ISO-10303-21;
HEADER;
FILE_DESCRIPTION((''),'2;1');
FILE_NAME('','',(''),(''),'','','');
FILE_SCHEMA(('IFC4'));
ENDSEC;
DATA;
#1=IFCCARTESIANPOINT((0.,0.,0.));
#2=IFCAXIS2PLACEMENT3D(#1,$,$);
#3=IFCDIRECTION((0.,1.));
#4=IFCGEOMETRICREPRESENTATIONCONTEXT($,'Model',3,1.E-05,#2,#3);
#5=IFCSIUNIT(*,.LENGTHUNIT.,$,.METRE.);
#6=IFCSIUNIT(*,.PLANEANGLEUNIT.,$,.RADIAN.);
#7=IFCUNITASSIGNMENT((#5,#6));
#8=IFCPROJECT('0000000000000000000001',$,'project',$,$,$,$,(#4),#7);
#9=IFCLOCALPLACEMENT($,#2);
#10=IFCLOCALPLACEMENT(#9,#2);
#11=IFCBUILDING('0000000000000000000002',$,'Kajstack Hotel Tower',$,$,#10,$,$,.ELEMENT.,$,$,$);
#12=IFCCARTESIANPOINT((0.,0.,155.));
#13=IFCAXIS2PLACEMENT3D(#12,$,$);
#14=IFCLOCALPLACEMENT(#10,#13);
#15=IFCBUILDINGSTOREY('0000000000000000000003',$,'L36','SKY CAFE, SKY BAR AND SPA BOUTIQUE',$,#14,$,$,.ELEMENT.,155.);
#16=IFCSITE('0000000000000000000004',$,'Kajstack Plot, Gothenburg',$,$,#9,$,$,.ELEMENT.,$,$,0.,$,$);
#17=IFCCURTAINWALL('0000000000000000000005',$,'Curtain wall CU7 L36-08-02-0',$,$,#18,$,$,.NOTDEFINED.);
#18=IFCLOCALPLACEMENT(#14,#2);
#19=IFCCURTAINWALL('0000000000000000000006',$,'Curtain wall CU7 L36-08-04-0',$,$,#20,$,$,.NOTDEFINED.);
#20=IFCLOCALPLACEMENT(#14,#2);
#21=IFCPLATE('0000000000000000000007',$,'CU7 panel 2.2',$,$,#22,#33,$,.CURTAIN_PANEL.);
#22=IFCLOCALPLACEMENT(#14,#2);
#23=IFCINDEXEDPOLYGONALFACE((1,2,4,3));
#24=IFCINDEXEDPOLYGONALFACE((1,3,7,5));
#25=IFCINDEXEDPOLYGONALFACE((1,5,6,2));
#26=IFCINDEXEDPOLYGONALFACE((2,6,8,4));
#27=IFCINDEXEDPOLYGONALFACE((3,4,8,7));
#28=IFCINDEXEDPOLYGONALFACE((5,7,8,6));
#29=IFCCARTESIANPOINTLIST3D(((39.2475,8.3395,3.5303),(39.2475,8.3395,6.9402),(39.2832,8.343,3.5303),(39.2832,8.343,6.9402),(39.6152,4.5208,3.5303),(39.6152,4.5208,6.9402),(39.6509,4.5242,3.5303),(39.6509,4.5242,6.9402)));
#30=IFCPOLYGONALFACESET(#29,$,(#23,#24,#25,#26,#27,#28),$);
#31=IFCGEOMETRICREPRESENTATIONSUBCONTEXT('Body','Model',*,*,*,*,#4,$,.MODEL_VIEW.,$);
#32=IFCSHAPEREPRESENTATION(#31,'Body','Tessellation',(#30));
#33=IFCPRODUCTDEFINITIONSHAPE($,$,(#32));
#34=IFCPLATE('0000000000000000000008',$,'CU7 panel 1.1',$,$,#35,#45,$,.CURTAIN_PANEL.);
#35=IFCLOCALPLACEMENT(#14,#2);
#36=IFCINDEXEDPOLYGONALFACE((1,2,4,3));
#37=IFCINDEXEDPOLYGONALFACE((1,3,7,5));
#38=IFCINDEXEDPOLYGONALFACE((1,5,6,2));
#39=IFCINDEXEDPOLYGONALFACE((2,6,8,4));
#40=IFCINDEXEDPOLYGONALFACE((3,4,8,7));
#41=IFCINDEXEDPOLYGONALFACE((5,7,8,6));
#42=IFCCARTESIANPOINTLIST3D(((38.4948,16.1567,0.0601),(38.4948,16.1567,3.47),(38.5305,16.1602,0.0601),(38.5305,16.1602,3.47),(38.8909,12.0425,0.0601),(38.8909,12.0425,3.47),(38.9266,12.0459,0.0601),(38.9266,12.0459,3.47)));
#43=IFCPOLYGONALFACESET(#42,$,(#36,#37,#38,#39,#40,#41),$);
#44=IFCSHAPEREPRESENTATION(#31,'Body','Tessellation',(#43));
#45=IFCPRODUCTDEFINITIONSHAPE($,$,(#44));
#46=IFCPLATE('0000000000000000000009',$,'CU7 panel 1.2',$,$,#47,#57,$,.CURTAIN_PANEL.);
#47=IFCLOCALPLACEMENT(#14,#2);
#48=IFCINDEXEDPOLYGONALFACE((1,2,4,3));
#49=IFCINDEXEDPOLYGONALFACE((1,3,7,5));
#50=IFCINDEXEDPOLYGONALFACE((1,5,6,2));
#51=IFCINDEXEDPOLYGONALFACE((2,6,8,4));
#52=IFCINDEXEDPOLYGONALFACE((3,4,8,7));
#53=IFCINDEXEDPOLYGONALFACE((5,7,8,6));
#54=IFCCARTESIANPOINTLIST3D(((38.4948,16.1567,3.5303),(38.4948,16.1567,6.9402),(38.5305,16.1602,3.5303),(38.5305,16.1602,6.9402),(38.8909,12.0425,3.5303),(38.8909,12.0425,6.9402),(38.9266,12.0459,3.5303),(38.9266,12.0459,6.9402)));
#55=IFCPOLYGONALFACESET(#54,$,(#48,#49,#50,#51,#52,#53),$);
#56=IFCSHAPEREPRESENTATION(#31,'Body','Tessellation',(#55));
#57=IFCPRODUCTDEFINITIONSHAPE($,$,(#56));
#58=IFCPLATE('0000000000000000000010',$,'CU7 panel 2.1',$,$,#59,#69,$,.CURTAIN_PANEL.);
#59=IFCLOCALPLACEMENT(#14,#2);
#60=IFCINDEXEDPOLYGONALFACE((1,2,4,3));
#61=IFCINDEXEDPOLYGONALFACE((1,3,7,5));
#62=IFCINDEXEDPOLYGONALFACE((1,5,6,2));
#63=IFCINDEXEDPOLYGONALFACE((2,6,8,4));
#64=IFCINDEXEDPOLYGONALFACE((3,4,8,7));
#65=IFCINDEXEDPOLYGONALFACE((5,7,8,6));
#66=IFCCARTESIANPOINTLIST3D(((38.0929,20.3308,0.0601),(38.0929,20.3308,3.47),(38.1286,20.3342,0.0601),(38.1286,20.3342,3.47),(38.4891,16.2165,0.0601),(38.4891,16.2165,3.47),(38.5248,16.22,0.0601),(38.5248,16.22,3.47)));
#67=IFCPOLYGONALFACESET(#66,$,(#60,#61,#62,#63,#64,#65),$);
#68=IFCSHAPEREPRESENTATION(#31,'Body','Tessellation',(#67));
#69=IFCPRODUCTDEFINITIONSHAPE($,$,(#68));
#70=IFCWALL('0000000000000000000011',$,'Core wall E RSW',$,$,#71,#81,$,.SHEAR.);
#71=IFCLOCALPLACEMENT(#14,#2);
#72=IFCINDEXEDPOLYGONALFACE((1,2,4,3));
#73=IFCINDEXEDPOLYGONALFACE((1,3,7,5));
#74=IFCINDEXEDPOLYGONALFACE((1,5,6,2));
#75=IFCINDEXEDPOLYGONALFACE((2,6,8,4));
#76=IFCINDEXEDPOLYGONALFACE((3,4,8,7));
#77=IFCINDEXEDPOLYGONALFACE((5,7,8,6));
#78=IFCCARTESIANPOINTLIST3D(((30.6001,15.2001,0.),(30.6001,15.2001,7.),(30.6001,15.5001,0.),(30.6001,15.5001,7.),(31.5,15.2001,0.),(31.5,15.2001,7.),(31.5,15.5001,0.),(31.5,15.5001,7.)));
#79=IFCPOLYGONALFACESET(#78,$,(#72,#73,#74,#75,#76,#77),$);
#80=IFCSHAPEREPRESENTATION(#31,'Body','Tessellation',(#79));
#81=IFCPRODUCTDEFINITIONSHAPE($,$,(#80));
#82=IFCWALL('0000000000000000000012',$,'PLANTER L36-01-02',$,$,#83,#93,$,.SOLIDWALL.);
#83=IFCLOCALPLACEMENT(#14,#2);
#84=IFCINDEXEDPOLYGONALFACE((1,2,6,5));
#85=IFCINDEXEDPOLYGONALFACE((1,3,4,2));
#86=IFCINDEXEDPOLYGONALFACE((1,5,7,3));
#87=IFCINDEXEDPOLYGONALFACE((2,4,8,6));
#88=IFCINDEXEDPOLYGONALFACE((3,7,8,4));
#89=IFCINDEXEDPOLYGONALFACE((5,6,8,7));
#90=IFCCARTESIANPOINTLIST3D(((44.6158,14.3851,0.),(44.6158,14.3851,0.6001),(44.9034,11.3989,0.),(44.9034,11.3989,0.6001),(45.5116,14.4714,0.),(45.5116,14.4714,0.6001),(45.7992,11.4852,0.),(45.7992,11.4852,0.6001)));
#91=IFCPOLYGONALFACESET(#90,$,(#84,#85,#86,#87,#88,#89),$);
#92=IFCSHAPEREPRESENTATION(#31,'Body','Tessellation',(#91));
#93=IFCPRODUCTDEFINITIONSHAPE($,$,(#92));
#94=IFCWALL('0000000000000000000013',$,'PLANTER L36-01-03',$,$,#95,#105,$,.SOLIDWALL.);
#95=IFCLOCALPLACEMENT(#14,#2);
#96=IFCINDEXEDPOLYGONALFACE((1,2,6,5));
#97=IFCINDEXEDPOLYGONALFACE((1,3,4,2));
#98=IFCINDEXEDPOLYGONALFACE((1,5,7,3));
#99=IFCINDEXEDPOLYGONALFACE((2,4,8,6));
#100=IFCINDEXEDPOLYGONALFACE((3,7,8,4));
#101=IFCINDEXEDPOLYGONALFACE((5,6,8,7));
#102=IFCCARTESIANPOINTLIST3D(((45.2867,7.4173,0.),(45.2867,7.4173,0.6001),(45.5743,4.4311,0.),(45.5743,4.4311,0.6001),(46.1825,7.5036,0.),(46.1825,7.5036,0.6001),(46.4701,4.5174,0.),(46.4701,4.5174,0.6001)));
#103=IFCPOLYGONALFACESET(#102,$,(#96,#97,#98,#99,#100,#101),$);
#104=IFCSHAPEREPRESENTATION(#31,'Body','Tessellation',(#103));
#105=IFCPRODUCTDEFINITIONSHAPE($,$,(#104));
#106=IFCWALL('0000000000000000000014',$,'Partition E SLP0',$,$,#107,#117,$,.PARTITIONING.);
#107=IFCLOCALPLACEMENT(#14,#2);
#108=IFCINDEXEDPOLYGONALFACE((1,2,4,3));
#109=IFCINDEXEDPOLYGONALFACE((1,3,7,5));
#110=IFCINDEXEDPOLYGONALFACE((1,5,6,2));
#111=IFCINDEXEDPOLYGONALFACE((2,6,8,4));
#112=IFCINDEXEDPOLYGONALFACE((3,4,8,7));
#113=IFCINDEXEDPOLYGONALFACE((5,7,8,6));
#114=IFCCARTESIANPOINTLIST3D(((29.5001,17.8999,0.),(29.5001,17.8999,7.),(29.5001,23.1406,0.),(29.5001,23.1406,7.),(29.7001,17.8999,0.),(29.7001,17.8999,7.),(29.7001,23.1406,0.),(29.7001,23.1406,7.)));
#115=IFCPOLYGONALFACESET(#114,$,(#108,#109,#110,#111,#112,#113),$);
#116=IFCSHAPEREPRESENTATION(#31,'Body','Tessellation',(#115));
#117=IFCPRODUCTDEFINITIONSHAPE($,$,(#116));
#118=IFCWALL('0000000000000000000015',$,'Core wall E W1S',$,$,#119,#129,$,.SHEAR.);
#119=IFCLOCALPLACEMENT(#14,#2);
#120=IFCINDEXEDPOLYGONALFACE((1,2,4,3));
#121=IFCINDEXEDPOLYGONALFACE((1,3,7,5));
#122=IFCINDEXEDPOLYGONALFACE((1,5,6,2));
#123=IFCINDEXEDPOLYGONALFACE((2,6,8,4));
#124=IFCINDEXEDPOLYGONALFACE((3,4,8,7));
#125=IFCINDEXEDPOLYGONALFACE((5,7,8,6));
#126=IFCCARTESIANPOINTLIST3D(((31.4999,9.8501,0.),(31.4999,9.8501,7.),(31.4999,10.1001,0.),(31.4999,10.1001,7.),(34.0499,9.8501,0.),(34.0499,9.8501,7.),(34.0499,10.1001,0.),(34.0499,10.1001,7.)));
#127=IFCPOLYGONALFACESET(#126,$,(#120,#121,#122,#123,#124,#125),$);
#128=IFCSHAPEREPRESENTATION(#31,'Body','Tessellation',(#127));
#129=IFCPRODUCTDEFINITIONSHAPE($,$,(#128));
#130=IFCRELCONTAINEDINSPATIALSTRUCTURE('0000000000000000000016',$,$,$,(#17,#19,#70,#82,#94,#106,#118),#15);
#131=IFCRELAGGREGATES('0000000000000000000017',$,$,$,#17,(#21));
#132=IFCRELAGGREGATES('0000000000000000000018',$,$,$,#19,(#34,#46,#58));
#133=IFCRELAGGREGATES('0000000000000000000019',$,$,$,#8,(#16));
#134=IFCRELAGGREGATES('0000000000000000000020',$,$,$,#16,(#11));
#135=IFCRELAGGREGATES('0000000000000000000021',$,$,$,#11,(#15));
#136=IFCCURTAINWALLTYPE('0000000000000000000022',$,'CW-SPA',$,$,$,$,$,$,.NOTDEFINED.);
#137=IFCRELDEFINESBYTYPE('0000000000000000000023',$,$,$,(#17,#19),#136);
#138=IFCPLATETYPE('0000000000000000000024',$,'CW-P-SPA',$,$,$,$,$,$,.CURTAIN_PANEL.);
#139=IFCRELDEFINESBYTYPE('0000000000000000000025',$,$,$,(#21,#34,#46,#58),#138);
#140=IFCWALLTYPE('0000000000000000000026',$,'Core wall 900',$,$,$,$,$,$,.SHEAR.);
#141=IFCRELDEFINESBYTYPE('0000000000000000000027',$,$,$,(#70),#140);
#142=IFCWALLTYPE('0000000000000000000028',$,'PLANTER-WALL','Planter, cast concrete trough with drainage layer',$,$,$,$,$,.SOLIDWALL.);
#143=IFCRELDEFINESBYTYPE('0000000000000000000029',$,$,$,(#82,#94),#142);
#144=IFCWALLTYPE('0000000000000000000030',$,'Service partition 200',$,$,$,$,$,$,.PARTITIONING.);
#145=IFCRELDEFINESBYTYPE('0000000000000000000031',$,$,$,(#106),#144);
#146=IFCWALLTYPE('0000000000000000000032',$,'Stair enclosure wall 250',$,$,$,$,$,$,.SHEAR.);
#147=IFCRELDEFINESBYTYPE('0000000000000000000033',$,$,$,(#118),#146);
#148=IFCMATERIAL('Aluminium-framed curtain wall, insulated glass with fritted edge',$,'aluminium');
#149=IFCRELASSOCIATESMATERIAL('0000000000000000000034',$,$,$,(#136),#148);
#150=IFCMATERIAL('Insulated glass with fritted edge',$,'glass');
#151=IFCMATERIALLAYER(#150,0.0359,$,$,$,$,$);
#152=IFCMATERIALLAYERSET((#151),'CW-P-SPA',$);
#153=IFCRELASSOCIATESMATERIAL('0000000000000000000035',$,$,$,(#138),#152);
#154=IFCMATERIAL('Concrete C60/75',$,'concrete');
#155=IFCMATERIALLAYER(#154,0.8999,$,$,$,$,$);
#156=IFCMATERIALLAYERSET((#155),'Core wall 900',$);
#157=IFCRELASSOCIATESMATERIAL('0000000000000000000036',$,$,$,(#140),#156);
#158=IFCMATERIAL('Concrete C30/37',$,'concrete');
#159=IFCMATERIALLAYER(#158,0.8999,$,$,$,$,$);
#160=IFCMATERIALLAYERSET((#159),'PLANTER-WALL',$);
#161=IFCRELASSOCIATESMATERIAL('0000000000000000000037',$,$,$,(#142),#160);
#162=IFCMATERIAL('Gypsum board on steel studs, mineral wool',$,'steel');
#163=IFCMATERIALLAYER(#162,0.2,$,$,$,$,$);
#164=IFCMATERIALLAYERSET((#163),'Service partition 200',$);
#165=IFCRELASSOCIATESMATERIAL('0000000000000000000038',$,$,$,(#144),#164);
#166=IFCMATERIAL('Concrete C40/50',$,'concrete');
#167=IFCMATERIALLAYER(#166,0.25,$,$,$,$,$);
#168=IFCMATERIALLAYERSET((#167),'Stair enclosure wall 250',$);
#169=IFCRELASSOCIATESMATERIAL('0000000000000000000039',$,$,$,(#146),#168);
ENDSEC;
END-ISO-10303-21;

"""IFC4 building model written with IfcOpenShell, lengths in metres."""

from ifc_helpers import new_model, si_unit, direction, frame, frame_2d, origin, origin_2d, place, context, subcontext, project, spatial, rectangle, extrude, material, layer, layer_set, type_object, element, aggregate, save


model = new_model("IFC4")

# Units and contexts
model_context = context("Model", 3, precision=1e-05, world=origin(), true_north=direction((0.0, 1.0)))
body_context = subcontext(model_context, "Body", "Model", "MODEL_VIEW")
ifc_project = project(units=[si_unit("LENGTHUNIT", "METRE"), si_unit("PLANEANGLEUNIT", "RADIAN")], contexts=[model_context])

# Site, building, storey
site_placement = place(None, origin())
site = spatial("IfcSite", under=ifc_project, at=site_placement, Name="Kajstack Plot, Gothenburg", CompositionType="ELEMENT", RefElevation=0.0)
building_placement = place(site_placement, origin())
building = spatial("IfcBuilding", under=site, at=building_placement, Name="Kajstack Hotel Tower", CompositionType="ELEMENT")
storey_placement = place(building_placement, frame((0.0, 0.0, 155.0)))
storey = spatial("IfcBuildingStorey", under=building, at=storey_placement, Name="L36", Description="SKY CAFE, SKY BAR AND SPA BOUTIQUE", CompositionType="ELEMENT", Elevation=155.0)

# Curtain walls
ifc_material_1 = material(Name="Aluminium-framed curtain wall, insulated glass with fritted edge", Category="aluminium")
curtain_wall_type = type_object("IfcCurtainWallType", Name="CW-SPA", PredefinedType="NOTDEFINED", material=ifc_material_1)
curtain_wall_1_placement = place(storey_placement, origin())
curtain_wall_1 = element("IfcCurtainWall", 1, at=curtain_wall_1_placement, inside=storey, type_object=curtain_wall_type, Name="Curtain wall CU7 L36-08-02-0", PredefinedType="NOTDEFINED")
curtain_wall_2_placement = place(storey_placement, origin())
curtain_wall_2 = element("IfcCurtainWall", 2, at=curtain_wall_2_placement, inside=storey, type_object=curtain_wall_type, Name="Curtain wall CU7 L36-08-04-0", PredefinedType="NOTDEFINED")

# Plates
ifc_material_2 = material(Name="Insulated glass with fritted edge", Category="glass")
ifc_layer_1 = layer(ifc_material_2, 0.0359)
ifc_layer_set_1 = layer_set([ifc_layer_1], Name="CW-P-SPA")
plate_type = type_object("IfcPlateType", Name="CW-P-SPA", PredefinedType="CURTAIN_PANEL", material=ifc_layer_set_1)
plate_1_placement = place(storey_placement, frame((39.4492, 6.4319, 3.5303), z_axis=(0.0, 0.0, 1.0), x_axis=(-0.095844, 0.995396, 0.0)))
plate_1 = element("IfcPlate", 3, at=plate_1_placement, type_object=plate_type, Name="CU7 panel 2.2", PredefinedType="CURTAIN_PANEL", context=body_context, shape_type="SweptSolid", body=[
    extrude(rectangle(XDim=3.8364, YDim=0.0359, at=origin_2d()), origin(), (0.0, 0.0, 1.0), 3.4099),
])
aggregate(curtain_wall_1, [plate_1])
plate_2_placement = place(storey_placement, frame((38.7107, 14.1013, 0.0601), z_axis=(0.0, 0.0, 1.0), x_axis=(-0.095844, 0.995396, 0.0)))
plate_2 = element("IfcPlate", 4, at=plate_2_placement, type_object=plate_type, Name="CU7 panel 1.1", PredefinedType="CURTAIN_PANEL", context=body_context, shape_type="SweptSolid", body=[
    extrude(rectangle(XDim=4.1333, YDim=0.0359, at=origin_2d()), origin(), (0.0, 0.0, 1.0), 3.4099),
])
plate_3_placement = place(storey_placement, frame((38.7107, 14.1013, 3.5303), z_axis=(0.0, 0.0, 1.0), x_axis=(-0.095844, 0.995396, 0.0)))
plate_3 = element("IfcPlate", 5, at=plate_3_placement, type_object=plate_type, Name="CU7 panel 1.2", PredefinedType="CURTAIN_PANEL", context=body_context, shape_type="SweptSolid", body=[
    extrude(rectangle(XDim=4.1333, YDim=0.0359, at=origin_2d()), origin(), (0.0, 0.0, 1.0), 3.4099),
])
plate_4_placement = place(storey_placement, frame((38.3088, 18.2754, 0.0601), z_axis=(0.0, 0.0, 1.0), x_axis=(-0.095844, 0.995396, 0.0)))
plate_4 = element("IfcPlate", 6, at=plate_4_placement, type_object=plate_type, Name="CU7 panel 2.1", PredefinedType="CURTAIN_PANEL", context=body_context, shape_type="SweptSolid", body=[
    extrude(rectangle(XDim=4.1333, YDim=0.0359, at=origin_2d()), origin(), (0.0, 0.0, 1.0), 3.4099),
])
aggregate(curtain_wall_2, [plate_2, plate_3, plate_4])

# Wall
ifc_material_3 = material(Name="Concrete C60/75", Category="concrete")
ifc_layer_2 = layer(ifc_material_3, 0.8999)
ifc_layer_set_2 = layer_set([ifc_layer_2], Name="Core wall 900")
wall_type_1 = type_object("IfcWallType", Name="Core wall 900", PredefinedType="SHEAR", material=ifc_layer_set_2)
wall_1_placement = place(storey_placement, frame((30.6001, 15.3501, 0.0), z_axis=(0.0, 0.0, 1.0), x_axis=(1.0, 0.0, 0.0)))
element("IfcWall", 7, at=wall_1_placement, inside=storey, type_object=wall_type_1, Name="Core wall E RSW", PredefinedType="SHEAR", context=body_context, shape_type="SweptSolid", body=[
    extrude(rectangle(XDim=0.8999, YDim=0.3, at=frame_2d((0.45, 0.0))), origin(), (0.0, 0.0, 1.0), 7.0),
])

# Walls
ifc_material_4 = material(Name="Concrete C30/37", Category="concrete")
ifc_layer_3 = layer(ifc_material_4, 0.8999)
ifc_layer_set_3 = layer_set([ifc_layer_3], Name="PLANTER-WALL")
wall_type_2 = type_object("IfcWallType", Name="PLANTER-WALL", Description="Planter, cast concrete trough with drainage layer", PredefinedType="SOLIDWALL", material=ifc_layer_set_3)
for number, where, z_axis, x_axis, name in (
    (8, (45.0637, 14.4282, 0.0), (0.0, 0.0, 1.0), (0.095869, -0.995394, 0.0), "PLANTER L36-01-02"),
    (9, (45.7346, 7.4604, 0.0), (0.0, 0.0, 1.0), (0.095869, -0.995394, 0.0), "PLANTER L36-01-03"),
):
    element("IfcWall", number, at=place(storey_placement, frame(where, z_axis=z_axis, x_axis=x_axis)), inside=storey, type_object=wall_type_2, Name=name, PredefinedType="SOLIDWALL", context=body_context, shape_type="SweptSolid", body=[
        extrude(rectangle(XDim=3.0, YDim=0.8999, at=frame_2d((1.5, 0.0))), origin(), (0.0, 0.0, 1.0), 0.6001),
    ])
ifc_material_5 = material(Name="Gypsum board on steel studs, mineral wool", Category="steel")
ifc_layer_4 = layer(ifc_material_5, 0.2)
ifc_layer_set_4 = layer_set([ifc_layer_4], Name="Service partition 200")
wall_type_3 = type_object("IfcWallType", Name="Service partition 200", PredefinedType="PARTITIONING", material=ifc_layer_set_4)
wall_2_placement = place(storey_placement, frame((29.6001, 17.8999, 0.0), z_axis=(0.0, 0.0, 1.0), x_axis=(0.0, 1.0, 0.0)))
element("IfcWall", 10, at=wall_2_placement, inside=storey, type_object=wall_type_3, Name="Partition E SLP0", PredefinedType="PARTITIONING", context=body_context, shape_type="SweptSolid", body=[
    extrude(rectangle(XDim=5.2407, YDim=0.2, at=frame_2d((2.6204, 0.0))), origin(), (0.0, 0.0, 1.0), 7.0),
])
ifc_material_6 = material(Name="Concrete C40/50", Category="concrete")
ifc_layer_5 = layer(ifc_material_6, 0.25)
ifc_layer_set_5 = layer_set([ifc_layer_5], Name="Stair enclosure wall 250")
wall_type_4 = type_object("IfcWallType", Name="Stair enclosure wall 250", PredefinedType="SHEAR", material=ifc_layer_set_5)
wall_3_placement = place(storey_placement, frame((31.5, 9.9751, 0.0), z_axis=(0.0, 0.0, 1.0), x_axis=(1.0, 0.0, 0.0)))
element("IfcWall", 11, at=wall_3_placement, inside=storey, type_object=wall_type_4, Name="Core wall E W1S", PredefinedType="SHEAR", context=body_context, shape_type="SweptSolid", body=[
    extrude(rectangle(XDim=2.55, YDim=0.25, at=frame_2d((1.2749, 0.0))), origin(), (0.0, 0.0, 1.0), 7.0),
])

save(model, "model.ifc")
